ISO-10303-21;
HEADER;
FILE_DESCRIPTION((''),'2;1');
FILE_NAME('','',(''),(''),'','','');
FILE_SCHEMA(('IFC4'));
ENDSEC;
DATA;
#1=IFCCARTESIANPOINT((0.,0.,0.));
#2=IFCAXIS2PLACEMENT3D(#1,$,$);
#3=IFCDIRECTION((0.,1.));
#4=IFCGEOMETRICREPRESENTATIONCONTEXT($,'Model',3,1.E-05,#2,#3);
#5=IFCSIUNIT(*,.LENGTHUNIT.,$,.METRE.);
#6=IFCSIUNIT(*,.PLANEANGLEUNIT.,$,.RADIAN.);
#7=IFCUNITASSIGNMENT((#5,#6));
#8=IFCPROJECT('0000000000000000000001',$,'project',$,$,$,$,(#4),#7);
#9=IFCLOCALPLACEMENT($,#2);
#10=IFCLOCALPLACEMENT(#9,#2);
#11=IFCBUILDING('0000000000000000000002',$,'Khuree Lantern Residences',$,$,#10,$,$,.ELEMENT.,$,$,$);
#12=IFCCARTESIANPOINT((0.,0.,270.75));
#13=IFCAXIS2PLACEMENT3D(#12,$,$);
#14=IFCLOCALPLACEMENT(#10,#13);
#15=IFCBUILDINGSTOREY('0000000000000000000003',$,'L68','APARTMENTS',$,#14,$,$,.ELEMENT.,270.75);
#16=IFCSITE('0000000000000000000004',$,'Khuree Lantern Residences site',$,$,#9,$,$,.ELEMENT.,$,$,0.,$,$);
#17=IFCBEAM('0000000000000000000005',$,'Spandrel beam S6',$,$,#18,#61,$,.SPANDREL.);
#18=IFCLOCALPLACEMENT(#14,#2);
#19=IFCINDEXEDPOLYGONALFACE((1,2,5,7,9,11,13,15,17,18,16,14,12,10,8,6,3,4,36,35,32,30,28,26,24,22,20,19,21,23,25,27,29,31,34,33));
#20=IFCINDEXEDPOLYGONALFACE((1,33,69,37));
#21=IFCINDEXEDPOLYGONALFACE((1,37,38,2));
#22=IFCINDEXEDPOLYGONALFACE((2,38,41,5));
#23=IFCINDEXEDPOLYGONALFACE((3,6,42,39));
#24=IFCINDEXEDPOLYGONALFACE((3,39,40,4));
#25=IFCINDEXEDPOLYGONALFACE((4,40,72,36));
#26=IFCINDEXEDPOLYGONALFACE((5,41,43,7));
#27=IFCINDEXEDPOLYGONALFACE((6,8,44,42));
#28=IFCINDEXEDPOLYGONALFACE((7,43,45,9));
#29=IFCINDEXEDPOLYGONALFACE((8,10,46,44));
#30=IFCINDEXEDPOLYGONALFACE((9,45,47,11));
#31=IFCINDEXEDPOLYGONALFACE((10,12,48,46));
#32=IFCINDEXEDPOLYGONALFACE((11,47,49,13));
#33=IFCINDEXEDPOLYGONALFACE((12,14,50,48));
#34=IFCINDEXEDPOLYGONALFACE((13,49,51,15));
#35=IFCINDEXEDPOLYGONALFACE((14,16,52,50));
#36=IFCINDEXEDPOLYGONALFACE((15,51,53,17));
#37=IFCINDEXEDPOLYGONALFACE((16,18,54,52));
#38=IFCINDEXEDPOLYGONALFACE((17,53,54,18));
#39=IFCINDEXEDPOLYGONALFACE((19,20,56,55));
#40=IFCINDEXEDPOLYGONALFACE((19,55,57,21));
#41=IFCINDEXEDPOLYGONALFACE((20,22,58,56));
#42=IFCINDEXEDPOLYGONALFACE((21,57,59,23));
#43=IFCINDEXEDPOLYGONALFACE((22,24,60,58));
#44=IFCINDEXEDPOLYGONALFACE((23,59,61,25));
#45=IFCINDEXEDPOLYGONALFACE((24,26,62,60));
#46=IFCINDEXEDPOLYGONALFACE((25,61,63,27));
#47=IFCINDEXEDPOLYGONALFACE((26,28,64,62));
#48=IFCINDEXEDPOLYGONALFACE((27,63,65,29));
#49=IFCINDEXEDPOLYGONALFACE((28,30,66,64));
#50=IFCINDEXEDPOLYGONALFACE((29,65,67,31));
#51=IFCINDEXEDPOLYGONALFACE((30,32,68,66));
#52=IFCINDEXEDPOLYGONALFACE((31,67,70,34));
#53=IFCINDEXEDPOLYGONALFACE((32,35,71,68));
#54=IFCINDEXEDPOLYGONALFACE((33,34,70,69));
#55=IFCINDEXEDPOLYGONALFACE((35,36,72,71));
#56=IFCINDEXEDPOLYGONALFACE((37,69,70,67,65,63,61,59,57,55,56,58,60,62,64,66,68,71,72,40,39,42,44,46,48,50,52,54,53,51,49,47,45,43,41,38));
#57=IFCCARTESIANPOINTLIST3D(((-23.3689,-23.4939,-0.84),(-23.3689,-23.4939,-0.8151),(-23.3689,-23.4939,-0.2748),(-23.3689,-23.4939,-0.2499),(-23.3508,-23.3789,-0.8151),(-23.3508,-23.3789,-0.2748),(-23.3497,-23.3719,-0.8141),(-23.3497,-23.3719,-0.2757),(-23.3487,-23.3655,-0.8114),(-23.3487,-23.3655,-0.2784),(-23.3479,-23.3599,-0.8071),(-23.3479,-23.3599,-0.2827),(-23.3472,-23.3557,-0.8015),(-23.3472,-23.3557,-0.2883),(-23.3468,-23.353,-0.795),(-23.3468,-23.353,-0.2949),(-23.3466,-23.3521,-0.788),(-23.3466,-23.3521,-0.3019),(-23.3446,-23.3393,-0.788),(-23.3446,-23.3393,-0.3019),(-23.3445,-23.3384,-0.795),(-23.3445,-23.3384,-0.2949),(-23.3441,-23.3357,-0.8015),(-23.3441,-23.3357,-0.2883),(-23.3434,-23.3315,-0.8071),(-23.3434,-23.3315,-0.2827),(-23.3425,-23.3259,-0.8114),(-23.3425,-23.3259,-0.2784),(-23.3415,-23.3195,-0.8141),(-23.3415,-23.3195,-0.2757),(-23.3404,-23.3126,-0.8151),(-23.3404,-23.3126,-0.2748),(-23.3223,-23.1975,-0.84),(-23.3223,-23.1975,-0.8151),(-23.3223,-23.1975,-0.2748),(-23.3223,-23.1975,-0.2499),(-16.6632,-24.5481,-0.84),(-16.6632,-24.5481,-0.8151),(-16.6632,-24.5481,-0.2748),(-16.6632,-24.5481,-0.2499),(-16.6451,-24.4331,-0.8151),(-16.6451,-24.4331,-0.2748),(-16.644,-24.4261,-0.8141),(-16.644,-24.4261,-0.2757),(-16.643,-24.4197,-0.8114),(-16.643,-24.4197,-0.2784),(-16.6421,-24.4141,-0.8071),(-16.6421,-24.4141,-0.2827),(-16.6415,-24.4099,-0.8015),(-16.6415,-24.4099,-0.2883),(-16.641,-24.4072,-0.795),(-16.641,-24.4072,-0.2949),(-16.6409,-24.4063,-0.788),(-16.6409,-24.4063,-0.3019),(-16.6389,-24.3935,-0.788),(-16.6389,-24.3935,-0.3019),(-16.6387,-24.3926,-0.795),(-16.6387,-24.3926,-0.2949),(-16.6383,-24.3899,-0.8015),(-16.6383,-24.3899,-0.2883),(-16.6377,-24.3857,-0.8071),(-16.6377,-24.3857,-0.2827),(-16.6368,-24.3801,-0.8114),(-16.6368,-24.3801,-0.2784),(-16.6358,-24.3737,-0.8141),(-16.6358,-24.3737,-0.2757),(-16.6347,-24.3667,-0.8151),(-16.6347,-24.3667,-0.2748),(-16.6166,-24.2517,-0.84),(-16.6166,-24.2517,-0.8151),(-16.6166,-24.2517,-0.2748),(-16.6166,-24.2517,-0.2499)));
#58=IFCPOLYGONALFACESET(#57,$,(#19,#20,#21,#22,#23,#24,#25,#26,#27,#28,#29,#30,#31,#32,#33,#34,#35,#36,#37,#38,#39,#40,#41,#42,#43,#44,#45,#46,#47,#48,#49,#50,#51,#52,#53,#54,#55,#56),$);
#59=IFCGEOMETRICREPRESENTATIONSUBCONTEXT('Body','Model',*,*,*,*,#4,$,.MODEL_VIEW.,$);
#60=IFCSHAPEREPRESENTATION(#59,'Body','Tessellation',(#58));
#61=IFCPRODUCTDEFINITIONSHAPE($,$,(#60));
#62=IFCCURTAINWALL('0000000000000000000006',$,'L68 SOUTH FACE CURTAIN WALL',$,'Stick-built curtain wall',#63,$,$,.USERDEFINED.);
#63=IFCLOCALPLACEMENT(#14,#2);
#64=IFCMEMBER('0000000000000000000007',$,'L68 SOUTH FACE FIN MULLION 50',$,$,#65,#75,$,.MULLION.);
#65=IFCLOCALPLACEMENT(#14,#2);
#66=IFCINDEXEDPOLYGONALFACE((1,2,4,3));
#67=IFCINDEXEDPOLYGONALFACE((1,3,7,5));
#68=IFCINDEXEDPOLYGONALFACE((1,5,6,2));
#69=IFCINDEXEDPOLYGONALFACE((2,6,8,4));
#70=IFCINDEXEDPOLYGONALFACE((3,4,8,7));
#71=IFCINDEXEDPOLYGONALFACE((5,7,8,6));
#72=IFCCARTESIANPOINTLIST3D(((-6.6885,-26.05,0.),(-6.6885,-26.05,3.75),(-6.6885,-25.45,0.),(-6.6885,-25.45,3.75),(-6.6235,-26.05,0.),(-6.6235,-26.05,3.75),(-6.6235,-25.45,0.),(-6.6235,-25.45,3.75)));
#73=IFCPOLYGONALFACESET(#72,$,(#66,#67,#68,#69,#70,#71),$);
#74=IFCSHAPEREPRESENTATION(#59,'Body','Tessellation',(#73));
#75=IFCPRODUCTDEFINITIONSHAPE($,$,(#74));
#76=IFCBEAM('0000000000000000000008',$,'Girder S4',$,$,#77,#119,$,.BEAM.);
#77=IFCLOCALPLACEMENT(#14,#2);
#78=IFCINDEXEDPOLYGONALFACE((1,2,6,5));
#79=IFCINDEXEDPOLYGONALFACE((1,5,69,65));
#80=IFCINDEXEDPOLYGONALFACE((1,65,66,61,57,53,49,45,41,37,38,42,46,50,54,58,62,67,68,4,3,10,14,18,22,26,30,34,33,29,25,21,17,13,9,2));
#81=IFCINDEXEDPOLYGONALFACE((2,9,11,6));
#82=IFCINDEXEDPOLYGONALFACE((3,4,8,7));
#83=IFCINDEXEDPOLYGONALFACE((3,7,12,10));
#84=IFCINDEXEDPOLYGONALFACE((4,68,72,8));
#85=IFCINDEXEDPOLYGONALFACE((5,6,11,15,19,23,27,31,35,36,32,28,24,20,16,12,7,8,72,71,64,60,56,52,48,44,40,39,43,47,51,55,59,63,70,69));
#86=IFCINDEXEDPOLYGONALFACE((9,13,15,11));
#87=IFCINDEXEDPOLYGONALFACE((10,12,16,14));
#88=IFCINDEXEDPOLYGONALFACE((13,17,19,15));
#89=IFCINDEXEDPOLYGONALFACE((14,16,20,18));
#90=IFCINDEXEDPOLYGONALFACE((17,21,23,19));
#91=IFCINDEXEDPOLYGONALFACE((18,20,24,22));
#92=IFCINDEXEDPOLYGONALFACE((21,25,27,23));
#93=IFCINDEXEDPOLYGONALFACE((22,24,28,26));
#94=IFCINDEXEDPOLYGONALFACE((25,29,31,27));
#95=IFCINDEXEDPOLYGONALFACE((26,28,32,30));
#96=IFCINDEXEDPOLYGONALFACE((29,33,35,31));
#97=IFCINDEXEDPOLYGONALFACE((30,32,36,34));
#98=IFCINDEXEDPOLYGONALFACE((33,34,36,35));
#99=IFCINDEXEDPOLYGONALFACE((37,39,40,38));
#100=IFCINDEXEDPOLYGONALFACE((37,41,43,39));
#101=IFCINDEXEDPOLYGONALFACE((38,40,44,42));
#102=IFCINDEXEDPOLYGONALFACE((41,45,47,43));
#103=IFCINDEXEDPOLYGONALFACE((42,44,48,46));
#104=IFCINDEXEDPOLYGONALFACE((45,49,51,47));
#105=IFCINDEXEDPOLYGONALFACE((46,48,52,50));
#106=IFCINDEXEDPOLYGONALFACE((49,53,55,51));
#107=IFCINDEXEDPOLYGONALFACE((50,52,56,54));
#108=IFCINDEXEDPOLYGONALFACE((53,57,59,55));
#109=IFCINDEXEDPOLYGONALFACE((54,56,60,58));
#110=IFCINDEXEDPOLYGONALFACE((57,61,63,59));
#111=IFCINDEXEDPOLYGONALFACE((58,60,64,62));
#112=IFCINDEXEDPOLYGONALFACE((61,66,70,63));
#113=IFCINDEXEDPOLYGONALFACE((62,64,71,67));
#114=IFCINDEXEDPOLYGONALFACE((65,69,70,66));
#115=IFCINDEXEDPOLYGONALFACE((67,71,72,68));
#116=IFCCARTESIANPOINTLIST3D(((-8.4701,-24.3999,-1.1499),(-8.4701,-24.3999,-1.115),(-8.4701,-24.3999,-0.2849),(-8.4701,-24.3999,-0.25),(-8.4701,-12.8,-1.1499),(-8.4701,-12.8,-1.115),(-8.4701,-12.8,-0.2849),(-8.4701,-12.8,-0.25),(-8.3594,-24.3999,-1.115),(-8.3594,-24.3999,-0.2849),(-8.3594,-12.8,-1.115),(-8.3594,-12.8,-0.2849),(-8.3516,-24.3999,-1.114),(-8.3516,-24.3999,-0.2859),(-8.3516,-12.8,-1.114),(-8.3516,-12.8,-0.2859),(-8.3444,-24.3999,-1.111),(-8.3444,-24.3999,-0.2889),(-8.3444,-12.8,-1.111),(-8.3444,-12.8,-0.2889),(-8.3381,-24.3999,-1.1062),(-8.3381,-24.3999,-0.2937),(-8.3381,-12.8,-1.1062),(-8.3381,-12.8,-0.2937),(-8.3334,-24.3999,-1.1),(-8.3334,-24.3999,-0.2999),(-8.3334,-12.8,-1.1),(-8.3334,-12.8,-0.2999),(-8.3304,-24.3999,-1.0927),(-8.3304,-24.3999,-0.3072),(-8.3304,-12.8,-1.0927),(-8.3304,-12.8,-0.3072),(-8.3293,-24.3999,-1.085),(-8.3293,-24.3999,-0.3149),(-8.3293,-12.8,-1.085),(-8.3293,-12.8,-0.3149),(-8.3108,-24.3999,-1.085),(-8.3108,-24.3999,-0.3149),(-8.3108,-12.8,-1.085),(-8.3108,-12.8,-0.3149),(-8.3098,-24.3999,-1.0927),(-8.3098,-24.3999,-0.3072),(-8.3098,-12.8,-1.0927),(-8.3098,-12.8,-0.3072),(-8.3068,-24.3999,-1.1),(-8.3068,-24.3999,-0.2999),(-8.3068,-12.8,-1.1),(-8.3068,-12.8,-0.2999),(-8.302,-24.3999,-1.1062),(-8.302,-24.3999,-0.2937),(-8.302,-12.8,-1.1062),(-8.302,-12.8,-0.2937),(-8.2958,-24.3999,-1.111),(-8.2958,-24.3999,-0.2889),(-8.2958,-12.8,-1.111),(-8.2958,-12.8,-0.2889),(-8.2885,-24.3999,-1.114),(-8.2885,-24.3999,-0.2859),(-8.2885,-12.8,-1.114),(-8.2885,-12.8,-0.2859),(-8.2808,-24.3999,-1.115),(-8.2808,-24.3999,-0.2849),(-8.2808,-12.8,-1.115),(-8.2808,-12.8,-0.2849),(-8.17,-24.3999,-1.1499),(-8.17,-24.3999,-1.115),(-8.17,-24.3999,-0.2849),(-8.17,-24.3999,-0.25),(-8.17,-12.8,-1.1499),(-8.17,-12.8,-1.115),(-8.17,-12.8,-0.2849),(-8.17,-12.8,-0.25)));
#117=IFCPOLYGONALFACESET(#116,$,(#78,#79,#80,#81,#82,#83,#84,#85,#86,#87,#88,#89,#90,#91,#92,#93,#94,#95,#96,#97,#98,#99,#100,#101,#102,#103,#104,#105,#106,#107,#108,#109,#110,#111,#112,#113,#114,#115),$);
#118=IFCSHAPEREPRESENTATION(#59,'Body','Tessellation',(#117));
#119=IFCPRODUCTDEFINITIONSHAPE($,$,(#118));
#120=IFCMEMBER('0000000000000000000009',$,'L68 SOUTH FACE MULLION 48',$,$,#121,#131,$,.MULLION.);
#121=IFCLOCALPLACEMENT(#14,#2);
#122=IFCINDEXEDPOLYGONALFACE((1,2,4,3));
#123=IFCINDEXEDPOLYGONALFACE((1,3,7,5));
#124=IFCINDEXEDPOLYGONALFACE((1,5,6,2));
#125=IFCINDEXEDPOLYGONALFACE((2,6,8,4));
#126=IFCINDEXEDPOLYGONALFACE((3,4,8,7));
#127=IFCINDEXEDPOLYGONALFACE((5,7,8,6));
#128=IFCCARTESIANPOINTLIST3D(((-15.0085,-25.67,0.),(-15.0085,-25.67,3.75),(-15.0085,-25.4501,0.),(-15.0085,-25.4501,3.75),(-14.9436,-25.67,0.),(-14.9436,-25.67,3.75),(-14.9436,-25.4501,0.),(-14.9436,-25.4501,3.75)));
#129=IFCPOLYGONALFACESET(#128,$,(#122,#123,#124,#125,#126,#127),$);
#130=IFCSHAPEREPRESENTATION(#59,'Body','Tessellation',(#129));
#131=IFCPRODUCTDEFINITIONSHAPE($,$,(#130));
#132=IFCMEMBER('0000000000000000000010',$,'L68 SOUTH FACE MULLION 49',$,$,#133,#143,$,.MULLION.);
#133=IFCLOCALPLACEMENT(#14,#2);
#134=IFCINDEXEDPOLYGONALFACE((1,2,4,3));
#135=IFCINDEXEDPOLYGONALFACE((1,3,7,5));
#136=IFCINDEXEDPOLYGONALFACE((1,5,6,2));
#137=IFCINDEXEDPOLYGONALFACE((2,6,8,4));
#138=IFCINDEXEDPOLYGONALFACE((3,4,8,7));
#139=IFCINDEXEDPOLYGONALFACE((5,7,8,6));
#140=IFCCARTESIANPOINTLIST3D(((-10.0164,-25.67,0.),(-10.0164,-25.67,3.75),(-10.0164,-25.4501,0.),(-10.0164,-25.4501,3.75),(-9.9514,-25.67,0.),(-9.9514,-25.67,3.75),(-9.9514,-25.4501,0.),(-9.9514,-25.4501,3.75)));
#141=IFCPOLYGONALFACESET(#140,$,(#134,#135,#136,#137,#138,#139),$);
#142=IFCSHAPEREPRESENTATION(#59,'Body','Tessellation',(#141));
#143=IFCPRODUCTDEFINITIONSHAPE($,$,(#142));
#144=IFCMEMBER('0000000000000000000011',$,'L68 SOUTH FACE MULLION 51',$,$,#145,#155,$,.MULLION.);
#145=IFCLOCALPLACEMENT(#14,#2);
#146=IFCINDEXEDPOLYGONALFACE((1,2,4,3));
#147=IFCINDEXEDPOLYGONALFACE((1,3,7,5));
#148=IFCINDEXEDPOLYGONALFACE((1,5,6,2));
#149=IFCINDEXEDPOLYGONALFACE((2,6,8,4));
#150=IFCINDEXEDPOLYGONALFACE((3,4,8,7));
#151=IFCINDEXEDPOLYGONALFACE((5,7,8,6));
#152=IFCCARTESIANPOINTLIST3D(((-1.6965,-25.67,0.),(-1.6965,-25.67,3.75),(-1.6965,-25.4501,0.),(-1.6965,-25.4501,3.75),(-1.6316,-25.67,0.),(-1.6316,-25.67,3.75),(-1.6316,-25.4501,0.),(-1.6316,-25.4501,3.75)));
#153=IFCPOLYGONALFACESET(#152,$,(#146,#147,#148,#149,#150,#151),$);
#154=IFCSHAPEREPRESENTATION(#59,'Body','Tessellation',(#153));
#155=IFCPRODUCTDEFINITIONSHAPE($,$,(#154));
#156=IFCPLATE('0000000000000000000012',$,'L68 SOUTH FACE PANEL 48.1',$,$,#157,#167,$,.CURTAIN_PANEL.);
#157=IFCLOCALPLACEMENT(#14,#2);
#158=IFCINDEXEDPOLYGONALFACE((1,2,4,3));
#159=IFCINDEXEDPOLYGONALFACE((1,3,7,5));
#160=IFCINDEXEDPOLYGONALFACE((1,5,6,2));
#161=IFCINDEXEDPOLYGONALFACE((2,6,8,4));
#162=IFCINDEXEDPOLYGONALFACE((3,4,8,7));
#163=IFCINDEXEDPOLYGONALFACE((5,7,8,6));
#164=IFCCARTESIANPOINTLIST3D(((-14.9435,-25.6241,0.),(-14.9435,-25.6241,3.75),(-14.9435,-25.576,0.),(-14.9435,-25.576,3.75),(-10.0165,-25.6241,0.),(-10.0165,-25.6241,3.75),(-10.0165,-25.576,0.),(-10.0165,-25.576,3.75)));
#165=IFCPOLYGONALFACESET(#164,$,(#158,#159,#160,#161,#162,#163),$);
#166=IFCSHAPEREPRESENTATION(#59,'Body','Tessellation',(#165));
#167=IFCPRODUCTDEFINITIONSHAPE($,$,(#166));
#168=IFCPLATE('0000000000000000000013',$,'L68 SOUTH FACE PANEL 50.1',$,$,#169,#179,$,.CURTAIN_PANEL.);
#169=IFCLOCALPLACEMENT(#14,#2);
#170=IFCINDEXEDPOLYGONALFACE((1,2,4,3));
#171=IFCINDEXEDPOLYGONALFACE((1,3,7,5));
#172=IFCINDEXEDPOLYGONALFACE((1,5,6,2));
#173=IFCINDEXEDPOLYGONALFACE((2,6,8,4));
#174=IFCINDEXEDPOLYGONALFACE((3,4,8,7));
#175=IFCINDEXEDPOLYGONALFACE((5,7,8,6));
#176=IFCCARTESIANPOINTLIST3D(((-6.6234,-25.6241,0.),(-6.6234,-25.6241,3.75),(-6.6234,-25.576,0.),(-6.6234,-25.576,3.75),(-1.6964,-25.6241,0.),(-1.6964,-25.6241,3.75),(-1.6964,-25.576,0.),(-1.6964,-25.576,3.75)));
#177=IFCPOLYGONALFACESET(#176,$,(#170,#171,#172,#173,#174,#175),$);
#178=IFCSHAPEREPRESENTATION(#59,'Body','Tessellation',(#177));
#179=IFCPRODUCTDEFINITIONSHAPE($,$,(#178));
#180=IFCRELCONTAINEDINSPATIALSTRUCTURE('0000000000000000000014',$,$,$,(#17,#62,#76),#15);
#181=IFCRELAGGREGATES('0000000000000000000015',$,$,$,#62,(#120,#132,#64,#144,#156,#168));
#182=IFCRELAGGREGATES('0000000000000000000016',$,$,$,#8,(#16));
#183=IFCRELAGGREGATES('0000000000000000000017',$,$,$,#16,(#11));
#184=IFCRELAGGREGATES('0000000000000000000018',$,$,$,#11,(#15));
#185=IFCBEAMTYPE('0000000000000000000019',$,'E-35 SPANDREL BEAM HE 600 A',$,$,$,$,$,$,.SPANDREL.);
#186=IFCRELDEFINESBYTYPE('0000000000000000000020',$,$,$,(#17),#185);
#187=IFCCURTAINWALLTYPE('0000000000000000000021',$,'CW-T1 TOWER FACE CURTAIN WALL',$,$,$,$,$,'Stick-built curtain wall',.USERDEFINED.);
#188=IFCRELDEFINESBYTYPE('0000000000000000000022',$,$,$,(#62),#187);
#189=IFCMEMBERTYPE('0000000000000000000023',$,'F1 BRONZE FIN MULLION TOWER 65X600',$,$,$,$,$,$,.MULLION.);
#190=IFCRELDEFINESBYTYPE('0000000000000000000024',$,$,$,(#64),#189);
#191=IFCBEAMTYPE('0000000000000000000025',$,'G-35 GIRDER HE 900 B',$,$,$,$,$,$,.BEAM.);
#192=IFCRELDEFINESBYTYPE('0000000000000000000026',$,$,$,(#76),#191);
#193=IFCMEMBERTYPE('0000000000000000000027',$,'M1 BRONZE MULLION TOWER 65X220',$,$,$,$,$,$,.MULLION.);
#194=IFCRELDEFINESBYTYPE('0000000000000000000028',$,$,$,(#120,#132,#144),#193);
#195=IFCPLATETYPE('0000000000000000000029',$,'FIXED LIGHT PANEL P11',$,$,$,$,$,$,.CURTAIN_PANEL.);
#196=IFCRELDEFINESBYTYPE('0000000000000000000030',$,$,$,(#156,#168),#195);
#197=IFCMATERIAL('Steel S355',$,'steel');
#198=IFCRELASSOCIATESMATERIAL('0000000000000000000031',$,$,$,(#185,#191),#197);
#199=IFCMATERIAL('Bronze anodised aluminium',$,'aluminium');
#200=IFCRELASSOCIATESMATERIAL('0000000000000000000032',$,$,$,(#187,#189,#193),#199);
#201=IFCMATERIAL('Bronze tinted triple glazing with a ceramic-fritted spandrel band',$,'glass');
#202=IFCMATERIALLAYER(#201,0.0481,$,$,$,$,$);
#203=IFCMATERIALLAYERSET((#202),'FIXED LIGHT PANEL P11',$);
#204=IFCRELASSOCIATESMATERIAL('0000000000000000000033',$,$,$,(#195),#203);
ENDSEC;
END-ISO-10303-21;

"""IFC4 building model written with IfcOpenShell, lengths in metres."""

from ifc_helpers import new_model, si_unit, direction, frame, origin, origin_2d, place, context, subcontext, project, spatial, rectangle, i_section, extrude, material, layer, layer_set, material_profile, profile_set, type_object, element, aggregate, save


model = new_model("IFC4")

# Units and contexts
model_context = context("Model", 3, precision=1e-05, world=origin(), true_north=direction((0.0, 1.0)))
body_context = subcontext(model_context, "Body", "Model", "MODEL_VIEW")
ifc_project = project(units=[si_unit("LENGTHUNIT", "METRE"), si_unit("PLANEANGLEUNIT", "RADIAN")], contexts=[model_context])

# Site, building, storey
site_placement = place(None, origin())
site = spatial("IfcSite", under=ifc_project, at=site_placement, Name="Khuree Lantern Residences site", CompositionType="ELEMENT", RefElevation=0.0)
building_placement = place(site_placement, origin())
building = spatial("IfcBuilding", under=site, at=building_placement, Name="Khuree Lantern Residences", CompositionType="ELEMENT")
storey_placement = place(building_placement, frame((0.0, 0.0, 270.75)))
storey = spatial("IfcBuildingStorey", under=building, at=storey_placement, Name="L68", Description="APARTMENTS", CompositionType="ELEMENT", Elevation=270.75)

# Beam
ifc_material_1 = material(Name="Steel S355", Category="steel")
ifc_material_profile_1 = material_profile(ifc_material_1, i_section(OverallWidth=0.3, OverallDepth=0.5901, WebThickness=0.0129, FlangeThickness=0.0249, FilletRadius=0.0271, at=origin_2d()), Name="HE 600 A")
ifc_profile_set_1 = profile_set([ifc_material_profile_1], Name="Steel S355")
beam_type_1 = type_object("IfcBeamType", Name="E-35 SPANDREL BEAM HE 600 A", PredefinedType="SPANDREL", material=ifc_profile_set_1)
beam_1_placement = place(storey_placement, frame((-16.6399, -24.3999, -0.5449), z_axis=(-0.987867, 0.1553, 0.0), x_axis=(-0.1553, -0.987867, 0.0)))
element("IfcBeam", 1, at=beam_1_placement, inside=storey, type_object=beam_type_1, Name="Spandrel beam S6", PredefinedType="SPANDREL", context=body_context, shape_type="SweptSolid", body=[
    extrude(i_section(OverallWidth=0.3, OverallDepth=0.5901, WebThickness=0.0129, FlangeThickness=0.0249, FilletRadius=0.0271, at=origin_2d()), origin(), (0.0, 0.0, 1.0), 6.7881),
])

# Curtain wall, member
ifc_material_2 = material(Name="Bronze anodised aluminium", Category="aluminium")
curtain_wall_type = type_object("IfcCurtainWallType", Name="CW-T1 TOWER FACE CURTAIN WALL", ElementType="Stick-built curtain wall", PredefinedType="USERDEFINED", material=ifc_material_2)
curtain_wall_placement = place(storey_placement, origin())
curtain_wall = element("IfcCurtainWall", 2, at=curtain_wall_placement, inside=storey, type_object=curtain_wall_type, Name="L68 SOUTH FACE CURTAIN WALL", ObjectType="Stick-built curtain wall", PredefinedType="USERDEFINED")
ifc_material_profile_2 = material_profile(ifc_material_2, rectangle(XDim=0.0649, YDim=0.6001, at=origin_2d()), Name="F1 65X600")
ifc_profile_set_2 = profile_set([ifc_material_profile_2], Name="Bronze anodised aluminium")
member_type_1 = type_object("IfcMemberType", Name="F1 BRONZE FIN MULLION TOWER 65X600", PredefinedType="MULLION", material=ifc_profile_set_2)
member_1_placement = place(storey_placement, frame((-6.656, -25.75, 0.0), z_axis=(0.0, 0.0, 1.0), x_axis=(1.0, 0.0, 0.0)))
member_1 = element("IfcMember", 3, at=member_1_placement, type_object=member_type_1, Name="L68 SOUTH FACE FIN MULLION 50", PredefinedType="MULLION", context=body_context, shape_type="SweptSolid", body=[
    extrude(rectangle(XDim=0.0649, YDim=0.6001, at=origin_2d()), origin(), (0.0, 0.0, 1.0), 3.75),
])

# Beam
ifc_material_profile_3 = material_profile(ifc_material_1, i_section(OverallWidth=0.3, OverallDepth=0.8999, WebThickness=0.0186, FlangeThickness=0.0349, FilletRadius=0.03, at=origin_2d()), Name="HE 900 B")
ifc_profile_set_3 = profile_set([ifc_material_profile_3], Name="Steel S355")
beam_type_2 = type_object("IfcBeamType", Name="G-35 GIRDER HE 900 B", PredefinedType="BEAM", material=ifc_profile_set_3)
beam_2_placement = place(storey_placement, frame((-8.3201, -24.3999, -0.7), z_axis=(0.0, 1.0, 0.0), x_axis=(-1.0, 0.0, 0.0)))
element("IfcBeam", 4, at=beam_2_placement, inside=storey, type_object=beam_type_2, Name="Girder S4", PredefinedType="BEAM", context=body_context, shape_type="SweptSolid", body=[
    extrude(i_section(OverallWidth=0.3, OverallDepth=0.8999, WebThickness=0.0186, FlangeThickness=0.0349, FilletRadius=0.03, at=origin_2d()), origin(), (0.0, 0.0, 1.0), 11.5999),
])

# Members
ifc_material_profile_4 = material_profile(ifc_material_2, rectangle(XDim=0.0649, YDim=0.22, at=origin_2d()), Name="M1 65X220")
ifc_profile_set_4 = profile_set([ifc_material_profile_4], Name="Bronze anodised aluminium")
member_type_2 = type_object("IfcMemberType", Name="M1 BRONZE MULLION TOWER 65X220", PredefinedType="MULLION", material=ifc_profile_set_4)
member_2_placement = place(storey_placement, frame((-14.9761, -25.5601, 0.0), z_axis=(0.0, 0.0, 1.0), x_axis=(1.0, 0.0, 0.0)))
member_2 = element("IfcMember", 5, at=member_2_placement, type_object=member_type_2, Name="L68 SOUTH FACE MULLION 48", PredefinedType="MULLION", context=body_context, shape_type="SweptSolid", body=[
    extrude(rectangle(XDim=0.0649, YDim=0.22, at=origin_2d()), origin(), (0.0, 0.0, 1.0), 3.75),
])
member_3_placement = place(storey_placement, frame((-9.9839, -25.5601, 0.0), z_axis=(0.0, 0.0, 1.0), x_axis=(1.0, 0.0, 0.0)))
member_3 = element("IfcMember", 6, at=member_3_placement, type_object=member_type_2, Name="L68 SOUTH FACE MULLION 49", PredefinedType="MULLION", context=body_context, shape_type="SweptSolid", body=[
    extrude(rectangle(XDim=0.0649, YDim=0.22, at=origin_2d()), origin(), (0.0, 0.0, 1.0), 3.75),
])
member_4_placement = place(storey_placement, frame((-1.6641, -25.5601, 0.0), z_axis=(0.0, 0.0, 1.0), x_axis=(1.0, 0.0, 0.0)))
member_4 = element("IfcMember", 7, at=member_4_placement, type_object=member_type_2, Name="L68 SOUTH FACE MULLION 51", PredefinedType="MULLION", context=body_context, shape_type="SweptSolid", body=[
    extrude(rectangle(XDim=0.0649, YDim=0.22, at=origin_2d()), origin(), (0.0, 0.0, 1.0), 3.75),
])

# Plates
ifc_material_3 = material(Name="Bronze tinted triple glazing with a ceramic-fritted spandrel band", Category="glass")
ifc_layer_1 = layer(ifc_material_3, 0.0481)
ifc_layer_set_1 = layer_set([ifc_layer_1], Name="FIXED LIGHT PANEL P11")
plate_type_1 = type_object("IfcPlateType", Name="FIXED LIGHT PANEL P11", PredefinedType="CURTAIN_PANEL", material=ifc_layer_set_1)
plate_1_placement = place(storey_placement, frame((-12.48, -25.6001, 0.0), z_axis=(0.0, 0.0, 1.0), x_axis=(1.0, 0.0, 0.0)))
plate_1 = element("IfcPlate", 8, at=plate_1_placement, type_object=plate_type_1, Name="L68 SOUTH FACE PANEL 48.1", PredefinedType="CURTAIN_PANEL", context=body_context, shape_type="SweptSolid", body=[
    extrude(rectangle(XDim=4.927, YDim=0.0481, at=origin_2d()), origin(), (0.0, 0.0, 1.0), 3.75),
])
plate_2_placement = place(storey_placement, frame((-4.1599, -25.6001, 0.0), z_axis=(0.0, 0.0, 1.0), x_axis=(1.0, 0.0, 0.0)))
plate_2 = element("IfcPlate", 9, at=plate_2_placement, type_object=plate_type_1, Name="L68 SOUTH FACE PANEL 50.1", PredefinedType="CURTAIN_PANEL", context=body_context, shape_type="SweptSolid", body=[
    extrude(rectangle(XDim=4.927, YDim=0.0481, at=origin_2d()), origin(), (0.0, 0.0, 1.0), 3.75),
])
aggregate(curtain_wall, [member_2, member_3, member_1, member_4, plate_1, plate_2])

save(model, "model.ifc")
